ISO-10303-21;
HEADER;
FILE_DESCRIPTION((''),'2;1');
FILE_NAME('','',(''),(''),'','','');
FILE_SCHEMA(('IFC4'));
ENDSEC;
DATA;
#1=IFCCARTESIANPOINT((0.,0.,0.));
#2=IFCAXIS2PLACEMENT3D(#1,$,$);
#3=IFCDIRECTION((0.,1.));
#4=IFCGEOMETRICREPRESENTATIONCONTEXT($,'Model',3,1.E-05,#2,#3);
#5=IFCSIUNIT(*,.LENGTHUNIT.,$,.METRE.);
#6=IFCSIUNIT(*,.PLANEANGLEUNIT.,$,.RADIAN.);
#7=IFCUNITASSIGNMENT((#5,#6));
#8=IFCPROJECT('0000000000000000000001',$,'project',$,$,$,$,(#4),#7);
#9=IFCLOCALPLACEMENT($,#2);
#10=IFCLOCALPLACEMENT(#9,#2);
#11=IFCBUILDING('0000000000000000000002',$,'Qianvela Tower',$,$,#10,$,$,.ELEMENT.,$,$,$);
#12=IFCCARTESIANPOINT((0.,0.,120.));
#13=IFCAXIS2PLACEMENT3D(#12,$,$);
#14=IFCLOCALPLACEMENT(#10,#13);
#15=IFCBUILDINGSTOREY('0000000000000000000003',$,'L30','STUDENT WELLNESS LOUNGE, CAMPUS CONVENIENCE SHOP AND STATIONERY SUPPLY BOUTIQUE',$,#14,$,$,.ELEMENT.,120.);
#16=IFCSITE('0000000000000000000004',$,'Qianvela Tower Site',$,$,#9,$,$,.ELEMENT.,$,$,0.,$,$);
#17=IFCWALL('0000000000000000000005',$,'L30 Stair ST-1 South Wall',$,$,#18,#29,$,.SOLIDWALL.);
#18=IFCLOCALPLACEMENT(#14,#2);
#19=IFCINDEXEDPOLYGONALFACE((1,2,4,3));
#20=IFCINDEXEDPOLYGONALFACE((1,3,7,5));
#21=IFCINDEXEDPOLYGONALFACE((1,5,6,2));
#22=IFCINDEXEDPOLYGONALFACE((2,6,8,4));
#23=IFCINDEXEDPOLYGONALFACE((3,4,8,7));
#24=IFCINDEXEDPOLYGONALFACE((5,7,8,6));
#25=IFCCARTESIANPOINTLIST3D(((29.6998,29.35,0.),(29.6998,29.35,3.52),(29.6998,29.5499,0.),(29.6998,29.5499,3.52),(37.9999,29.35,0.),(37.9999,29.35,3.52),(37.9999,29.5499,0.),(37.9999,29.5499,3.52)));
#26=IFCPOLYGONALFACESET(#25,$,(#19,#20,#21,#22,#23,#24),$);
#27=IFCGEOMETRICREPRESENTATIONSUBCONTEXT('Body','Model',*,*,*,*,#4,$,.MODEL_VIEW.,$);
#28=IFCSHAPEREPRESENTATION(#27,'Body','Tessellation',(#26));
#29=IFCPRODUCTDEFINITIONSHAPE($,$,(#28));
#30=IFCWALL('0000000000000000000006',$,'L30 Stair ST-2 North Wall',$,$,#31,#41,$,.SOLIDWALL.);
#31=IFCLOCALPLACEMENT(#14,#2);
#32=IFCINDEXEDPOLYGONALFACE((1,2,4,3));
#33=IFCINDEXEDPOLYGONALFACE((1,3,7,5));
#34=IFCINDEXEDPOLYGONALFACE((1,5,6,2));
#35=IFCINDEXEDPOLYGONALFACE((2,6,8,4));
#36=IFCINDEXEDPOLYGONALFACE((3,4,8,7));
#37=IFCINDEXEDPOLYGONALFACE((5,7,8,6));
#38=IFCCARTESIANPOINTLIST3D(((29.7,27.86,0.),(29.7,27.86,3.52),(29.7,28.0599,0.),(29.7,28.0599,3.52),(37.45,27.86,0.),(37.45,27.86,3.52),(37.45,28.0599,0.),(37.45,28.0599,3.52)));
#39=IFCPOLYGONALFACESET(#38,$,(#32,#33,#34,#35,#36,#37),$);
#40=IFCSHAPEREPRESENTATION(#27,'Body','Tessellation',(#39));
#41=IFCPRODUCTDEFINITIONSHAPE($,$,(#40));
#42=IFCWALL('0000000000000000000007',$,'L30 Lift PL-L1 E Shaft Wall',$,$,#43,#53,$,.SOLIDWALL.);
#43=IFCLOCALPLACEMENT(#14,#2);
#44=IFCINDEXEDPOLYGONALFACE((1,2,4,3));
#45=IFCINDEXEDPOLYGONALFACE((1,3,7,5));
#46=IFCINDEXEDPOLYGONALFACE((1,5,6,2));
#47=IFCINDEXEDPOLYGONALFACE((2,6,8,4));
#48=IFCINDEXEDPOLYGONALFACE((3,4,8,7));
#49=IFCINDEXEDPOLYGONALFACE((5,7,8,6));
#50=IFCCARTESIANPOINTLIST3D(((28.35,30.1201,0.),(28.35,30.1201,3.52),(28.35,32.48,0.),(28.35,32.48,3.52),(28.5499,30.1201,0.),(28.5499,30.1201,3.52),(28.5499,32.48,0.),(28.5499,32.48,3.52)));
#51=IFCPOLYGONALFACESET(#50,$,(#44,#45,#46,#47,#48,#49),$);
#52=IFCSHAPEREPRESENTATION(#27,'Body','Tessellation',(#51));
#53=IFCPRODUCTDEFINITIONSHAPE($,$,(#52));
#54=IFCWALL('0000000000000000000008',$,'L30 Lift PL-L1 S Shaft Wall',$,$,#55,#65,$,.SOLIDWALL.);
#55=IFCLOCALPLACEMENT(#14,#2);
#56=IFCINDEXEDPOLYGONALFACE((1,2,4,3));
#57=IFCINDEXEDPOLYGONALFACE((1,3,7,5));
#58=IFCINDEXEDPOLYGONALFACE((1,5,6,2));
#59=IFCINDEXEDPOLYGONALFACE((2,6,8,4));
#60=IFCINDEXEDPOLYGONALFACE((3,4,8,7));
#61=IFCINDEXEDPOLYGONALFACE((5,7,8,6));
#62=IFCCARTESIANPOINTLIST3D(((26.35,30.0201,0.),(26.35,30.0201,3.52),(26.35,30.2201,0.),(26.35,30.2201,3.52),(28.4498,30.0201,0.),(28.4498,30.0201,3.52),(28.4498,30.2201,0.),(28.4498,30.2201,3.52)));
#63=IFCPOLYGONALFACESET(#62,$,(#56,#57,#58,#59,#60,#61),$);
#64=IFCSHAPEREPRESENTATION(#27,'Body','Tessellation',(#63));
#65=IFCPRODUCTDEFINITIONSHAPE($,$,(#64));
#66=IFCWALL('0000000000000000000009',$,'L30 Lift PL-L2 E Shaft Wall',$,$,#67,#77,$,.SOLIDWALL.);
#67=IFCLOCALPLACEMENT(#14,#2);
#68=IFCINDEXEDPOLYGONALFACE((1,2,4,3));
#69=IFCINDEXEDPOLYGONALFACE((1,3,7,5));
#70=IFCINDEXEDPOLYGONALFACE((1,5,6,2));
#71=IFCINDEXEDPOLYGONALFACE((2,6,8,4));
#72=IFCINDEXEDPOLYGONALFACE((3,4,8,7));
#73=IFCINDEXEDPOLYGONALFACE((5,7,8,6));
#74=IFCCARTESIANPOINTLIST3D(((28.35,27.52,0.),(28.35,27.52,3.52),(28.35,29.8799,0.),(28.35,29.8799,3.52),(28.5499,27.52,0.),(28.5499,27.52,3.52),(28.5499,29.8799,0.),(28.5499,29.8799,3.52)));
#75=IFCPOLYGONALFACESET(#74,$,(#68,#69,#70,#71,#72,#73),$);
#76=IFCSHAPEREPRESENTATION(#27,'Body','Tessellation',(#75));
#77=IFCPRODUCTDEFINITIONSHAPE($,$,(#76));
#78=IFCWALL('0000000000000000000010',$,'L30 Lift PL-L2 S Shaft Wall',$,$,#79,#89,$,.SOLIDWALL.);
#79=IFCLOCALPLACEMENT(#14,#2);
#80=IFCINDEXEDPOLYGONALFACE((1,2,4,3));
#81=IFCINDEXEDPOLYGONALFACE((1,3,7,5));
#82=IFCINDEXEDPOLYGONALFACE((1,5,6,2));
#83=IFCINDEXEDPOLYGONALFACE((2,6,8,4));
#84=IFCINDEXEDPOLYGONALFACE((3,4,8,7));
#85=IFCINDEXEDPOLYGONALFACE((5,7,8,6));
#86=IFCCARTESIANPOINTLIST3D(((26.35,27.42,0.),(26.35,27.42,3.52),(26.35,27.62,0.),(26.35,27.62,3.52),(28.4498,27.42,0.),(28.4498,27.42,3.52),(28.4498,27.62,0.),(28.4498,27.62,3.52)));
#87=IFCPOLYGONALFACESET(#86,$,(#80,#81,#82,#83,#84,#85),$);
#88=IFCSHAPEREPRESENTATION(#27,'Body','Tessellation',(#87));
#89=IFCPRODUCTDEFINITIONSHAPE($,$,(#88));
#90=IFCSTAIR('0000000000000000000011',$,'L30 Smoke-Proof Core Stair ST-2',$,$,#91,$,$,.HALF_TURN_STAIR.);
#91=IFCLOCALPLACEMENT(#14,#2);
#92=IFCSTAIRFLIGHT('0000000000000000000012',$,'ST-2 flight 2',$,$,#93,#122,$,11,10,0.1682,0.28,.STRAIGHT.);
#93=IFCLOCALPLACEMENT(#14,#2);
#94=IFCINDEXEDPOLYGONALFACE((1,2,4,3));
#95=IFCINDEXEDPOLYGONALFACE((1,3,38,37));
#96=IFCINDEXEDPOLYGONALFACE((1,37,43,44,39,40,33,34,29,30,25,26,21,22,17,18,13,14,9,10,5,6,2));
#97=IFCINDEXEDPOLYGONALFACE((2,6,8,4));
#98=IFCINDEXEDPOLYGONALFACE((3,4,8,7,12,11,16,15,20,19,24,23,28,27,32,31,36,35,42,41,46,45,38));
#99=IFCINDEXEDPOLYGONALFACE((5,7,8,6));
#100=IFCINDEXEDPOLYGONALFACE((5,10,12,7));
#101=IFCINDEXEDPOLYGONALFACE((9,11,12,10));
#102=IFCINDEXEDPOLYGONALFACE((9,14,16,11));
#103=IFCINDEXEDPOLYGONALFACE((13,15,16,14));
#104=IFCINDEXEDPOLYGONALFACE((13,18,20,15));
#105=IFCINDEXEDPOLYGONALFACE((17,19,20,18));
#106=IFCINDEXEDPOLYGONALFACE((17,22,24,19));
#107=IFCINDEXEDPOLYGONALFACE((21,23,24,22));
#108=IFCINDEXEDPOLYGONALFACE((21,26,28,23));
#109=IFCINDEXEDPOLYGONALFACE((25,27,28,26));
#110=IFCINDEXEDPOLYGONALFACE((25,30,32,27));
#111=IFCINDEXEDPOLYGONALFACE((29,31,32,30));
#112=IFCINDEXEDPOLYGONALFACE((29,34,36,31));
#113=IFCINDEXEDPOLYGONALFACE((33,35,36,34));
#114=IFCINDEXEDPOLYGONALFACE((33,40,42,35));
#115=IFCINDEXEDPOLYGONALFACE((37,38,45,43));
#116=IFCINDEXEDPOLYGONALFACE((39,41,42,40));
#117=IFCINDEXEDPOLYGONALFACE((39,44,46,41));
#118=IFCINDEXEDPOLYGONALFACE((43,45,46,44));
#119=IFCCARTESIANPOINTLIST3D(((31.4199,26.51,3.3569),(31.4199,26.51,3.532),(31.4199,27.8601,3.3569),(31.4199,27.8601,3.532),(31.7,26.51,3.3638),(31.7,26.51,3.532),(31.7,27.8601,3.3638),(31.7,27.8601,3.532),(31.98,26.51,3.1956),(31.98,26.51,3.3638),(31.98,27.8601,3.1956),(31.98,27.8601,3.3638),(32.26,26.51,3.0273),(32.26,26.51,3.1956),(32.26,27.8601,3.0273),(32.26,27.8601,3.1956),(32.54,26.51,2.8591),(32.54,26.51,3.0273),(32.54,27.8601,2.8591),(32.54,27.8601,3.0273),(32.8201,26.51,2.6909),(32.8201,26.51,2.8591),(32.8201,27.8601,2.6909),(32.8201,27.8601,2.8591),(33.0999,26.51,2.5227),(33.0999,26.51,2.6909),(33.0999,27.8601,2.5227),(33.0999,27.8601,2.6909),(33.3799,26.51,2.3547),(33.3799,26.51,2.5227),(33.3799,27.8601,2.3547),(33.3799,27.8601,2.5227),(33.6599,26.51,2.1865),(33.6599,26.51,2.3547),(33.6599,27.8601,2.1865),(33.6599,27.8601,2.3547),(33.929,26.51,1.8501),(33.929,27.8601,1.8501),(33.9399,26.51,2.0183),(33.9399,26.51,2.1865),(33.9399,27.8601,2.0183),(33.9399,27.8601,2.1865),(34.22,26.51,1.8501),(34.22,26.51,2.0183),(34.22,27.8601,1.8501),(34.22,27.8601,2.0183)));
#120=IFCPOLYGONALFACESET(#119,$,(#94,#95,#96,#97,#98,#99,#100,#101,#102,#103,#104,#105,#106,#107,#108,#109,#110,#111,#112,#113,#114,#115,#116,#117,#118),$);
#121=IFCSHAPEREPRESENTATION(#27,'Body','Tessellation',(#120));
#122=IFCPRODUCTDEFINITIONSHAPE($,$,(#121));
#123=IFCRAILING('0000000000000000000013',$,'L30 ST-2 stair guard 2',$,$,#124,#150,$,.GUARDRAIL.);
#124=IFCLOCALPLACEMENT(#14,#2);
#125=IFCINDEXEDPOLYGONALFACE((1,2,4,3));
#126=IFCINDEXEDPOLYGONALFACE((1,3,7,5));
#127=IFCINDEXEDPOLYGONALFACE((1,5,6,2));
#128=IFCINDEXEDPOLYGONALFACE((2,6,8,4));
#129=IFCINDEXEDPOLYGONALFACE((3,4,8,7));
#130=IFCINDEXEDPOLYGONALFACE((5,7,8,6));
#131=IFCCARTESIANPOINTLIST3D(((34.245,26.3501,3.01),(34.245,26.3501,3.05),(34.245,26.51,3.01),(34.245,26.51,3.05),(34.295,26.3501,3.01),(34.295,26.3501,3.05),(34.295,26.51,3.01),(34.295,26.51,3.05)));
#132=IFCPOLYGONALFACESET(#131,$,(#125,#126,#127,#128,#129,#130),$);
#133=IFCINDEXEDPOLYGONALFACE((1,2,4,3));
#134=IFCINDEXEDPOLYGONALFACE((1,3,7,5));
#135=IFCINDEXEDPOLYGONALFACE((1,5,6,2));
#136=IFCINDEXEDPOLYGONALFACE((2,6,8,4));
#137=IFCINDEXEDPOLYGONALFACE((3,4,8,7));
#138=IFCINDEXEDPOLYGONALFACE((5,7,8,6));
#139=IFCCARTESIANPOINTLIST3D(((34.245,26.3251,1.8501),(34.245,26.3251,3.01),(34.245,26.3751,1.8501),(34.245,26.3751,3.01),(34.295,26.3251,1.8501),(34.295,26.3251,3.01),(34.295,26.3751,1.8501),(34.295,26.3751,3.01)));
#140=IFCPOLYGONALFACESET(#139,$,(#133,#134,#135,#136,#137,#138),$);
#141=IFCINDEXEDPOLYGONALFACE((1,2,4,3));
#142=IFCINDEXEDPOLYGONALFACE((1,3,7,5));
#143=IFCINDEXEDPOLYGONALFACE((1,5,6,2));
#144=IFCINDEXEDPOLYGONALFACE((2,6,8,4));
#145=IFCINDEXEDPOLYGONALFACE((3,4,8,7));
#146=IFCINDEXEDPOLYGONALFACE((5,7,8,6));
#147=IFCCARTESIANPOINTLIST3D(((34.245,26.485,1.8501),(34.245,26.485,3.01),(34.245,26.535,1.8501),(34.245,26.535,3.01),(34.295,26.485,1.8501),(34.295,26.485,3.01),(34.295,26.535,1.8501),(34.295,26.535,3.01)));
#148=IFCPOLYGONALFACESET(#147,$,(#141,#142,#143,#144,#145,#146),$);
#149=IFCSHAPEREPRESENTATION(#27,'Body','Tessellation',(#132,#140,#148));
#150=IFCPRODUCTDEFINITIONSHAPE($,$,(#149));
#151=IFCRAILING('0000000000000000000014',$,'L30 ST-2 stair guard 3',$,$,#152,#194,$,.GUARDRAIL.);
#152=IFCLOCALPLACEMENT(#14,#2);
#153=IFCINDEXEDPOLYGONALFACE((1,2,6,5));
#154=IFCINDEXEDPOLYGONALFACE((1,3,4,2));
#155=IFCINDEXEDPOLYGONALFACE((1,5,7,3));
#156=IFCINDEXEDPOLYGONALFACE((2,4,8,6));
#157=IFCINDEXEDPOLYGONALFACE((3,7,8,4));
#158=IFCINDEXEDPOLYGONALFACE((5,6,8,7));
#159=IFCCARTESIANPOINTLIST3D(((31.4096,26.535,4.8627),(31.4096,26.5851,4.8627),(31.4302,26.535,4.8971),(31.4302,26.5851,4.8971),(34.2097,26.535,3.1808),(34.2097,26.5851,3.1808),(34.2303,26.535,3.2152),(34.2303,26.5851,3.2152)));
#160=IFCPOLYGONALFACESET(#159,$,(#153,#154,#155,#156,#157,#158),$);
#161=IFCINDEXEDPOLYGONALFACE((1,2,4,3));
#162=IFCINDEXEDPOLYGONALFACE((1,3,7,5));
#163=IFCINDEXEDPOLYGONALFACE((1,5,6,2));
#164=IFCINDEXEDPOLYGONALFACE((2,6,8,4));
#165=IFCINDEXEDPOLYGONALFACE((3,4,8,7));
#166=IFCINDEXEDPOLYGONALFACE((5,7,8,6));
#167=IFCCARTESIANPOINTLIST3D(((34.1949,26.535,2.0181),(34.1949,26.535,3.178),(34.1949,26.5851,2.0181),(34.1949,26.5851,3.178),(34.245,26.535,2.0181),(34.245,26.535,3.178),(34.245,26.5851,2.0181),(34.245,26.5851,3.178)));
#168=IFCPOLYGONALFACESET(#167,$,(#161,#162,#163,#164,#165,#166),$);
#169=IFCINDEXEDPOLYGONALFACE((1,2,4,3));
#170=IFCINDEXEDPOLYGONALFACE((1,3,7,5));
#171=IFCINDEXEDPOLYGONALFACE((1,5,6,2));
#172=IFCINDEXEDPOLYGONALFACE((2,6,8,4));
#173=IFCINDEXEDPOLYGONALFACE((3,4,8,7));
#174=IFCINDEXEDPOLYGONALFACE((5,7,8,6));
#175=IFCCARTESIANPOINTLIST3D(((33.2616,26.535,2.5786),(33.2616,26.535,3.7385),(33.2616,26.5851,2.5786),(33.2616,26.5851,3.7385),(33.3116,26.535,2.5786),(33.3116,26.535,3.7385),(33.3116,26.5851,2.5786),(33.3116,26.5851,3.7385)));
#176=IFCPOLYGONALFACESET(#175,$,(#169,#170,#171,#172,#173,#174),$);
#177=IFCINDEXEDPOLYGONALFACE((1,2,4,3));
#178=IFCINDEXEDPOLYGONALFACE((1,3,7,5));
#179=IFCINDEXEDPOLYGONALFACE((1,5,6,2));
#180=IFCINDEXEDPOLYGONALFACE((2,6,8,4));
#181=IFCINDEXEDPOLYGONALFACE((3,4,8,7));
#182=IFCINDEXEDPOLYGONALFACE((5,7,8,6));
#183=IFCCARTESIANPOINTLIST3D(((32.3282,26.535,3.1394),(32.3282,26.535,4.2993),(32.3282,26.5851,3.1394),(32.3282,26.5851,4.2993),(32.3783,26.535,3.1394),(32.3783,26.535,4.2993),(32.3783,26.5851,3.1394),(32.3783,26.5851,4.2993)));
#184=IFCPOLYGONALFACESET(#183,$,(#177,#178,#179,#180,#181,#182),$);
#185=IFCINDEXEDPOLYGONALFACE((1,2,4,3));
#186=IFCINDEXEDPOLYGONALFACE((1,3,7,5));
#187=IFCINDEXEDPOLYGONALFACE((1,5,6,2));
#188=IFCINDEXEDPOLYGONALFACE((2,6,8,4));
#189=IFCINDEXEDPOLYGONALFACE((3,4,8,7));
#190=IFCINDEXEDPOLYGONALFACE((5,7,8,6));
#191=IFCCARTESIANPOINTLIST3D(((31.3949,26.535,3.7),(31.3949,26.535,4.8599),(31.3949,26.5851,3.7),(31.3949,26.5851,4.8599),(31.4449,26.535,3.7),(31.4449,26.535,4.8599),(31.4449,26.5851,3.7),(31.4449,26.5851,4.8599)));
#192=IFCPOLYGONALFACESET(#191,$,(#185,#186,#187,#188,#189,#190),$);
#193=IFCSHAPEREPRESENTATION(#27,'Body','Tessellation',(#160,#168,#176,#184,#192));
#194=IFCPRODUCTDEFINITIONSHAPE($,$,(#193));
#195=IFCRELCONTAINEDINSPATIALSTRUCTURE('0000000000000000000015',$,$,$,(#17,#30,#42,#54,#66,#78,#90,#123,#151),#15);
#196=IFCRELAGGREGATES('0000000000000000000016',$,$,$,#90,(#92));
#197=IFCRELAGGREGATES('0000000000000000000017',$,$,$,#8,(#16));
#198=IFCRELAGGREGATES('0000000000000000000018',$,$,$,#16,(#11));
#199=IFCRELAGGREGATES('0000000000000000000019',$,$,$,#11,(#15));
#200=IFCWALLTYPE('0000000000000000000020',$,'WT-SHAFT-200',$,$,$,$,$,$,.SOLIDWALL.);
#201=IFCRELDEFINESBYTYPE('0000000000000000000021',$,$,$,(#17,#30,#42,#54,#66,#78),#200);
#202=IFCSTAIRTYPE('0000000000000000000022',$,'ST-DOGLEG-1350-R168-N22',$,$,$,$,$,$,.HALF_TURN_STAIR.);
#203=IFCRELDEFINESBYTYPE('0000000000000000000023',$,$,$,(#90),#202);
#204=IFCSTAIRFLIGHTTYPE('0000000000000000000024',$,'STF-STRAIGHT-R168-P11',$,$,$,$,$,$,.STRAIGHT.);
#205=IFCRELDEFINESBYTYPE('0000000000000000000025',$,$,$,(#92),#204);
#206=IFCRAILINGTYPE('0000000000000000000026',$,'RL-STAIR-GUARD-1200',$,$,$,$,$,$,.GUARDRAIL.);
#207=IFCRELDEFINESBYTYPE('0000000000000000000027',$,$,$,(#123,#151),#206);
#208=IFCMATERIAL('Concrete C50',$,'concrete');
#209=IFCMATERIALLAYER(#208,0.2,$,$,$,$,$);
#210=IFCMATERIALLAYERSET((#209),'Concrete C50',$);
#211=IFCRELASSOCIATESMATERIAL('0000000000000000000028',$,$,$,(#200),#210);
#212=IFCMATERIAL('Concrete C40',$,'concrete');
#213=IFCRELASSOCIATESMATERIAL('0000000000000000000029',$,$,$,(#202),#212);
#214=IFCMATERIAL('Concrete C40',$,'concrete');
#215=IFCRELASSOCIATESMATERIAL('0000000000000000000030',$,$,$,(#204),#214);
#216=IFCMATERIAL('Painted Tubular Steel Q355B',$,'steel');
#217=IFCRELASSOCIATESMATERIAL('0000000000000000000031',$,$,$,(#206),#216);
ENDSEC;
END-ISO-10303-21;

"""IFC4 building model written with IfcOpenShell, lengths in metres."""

from ifc_helpers import new_model, si_unit, direction, frame, frame_2d, origin, origin_2d, place, context, subcontext, project, spatial, polyline, rectangle, outline, extrude, material, layer, layer_set, type_object, element, aggregate, save


model = new_model("IFC4")

# Units and contexts
model_context = context("Model", 3, precision=1e-05, world=origin(), true_north=direction((0.0, 1.0)))
body_context = subcontext(model_context, "Body", "Model", "MODEL_VIEW")
ifc_project = project(units=[si_unit("LENGTHUNIT", "METRE"), si_unit("PLANEANGLEUNIT", "RADIAN")], contexts=[model_context])

# Site, building, storey
site_placement = place(None, origin())
site = spatial("IfcSite", under=ifc_project, at=site_placement, Name="Qianvela Tower Site", CompositionType="ELEMENT", RefElevation=0.0)
building_placement = place(site_placement, origin())
building = spatial("IfcBuilding", under=site, at=building_placement, Name="Qianvela Tower", CompositionType="ELEMENT")
storey_placement = place(building_placement, frame((0.0, 0.0, 120.0)))
storey = spatial("IfcBuildingStorey", under=building, at=storey_placement, Name="L30", Description="STUDENT WELLNESS LOUNGE, CAMPUS CONVENIENCE SHOP AND STATIONERY SUPPLY BOUTIQUE", CompositionType="ELEMENT", Elevation=120.0)

# Walls
ifc_material_1 = material(Name="Concrete C50", Category="concrete")
ifc_layer_1 = layer(ifc_material_1, 0.2)
ifc_layer_set_1 = layer_set([ifc_layer_1], Name="Concrete C50")
wall_type_1 = type_object("IfcWallType", Name="WT-SHAFT-200", PredefinedType="SOLIDWALL", material=ifc_layer_set_1)
wall_1_placement = place(storey_placement, frame((29.7, 29.45, 0.0), z_axis=(0.0, 0.0, 1.0), x_axis=(1.0, 0.0, 0.0)))
element("IfcWall", 1, at=wall_1_placement, inside=storey, type_object=wall_type_1, Name="L30 Stair ST-1 South Wall", PredefinedType="SOLIDWALL", context=body_context, shape_type="SweptSolid", body=[
    extrude(rectangle(XDim=8.3, YDim=0.2, at=frame_2d((4.1499, 0.0))), origin(), (0.0, 0.0, 1.0), 3.52),
])
wall_2_placement = place(storey_placement, frame((29.7, 27.96, 0.0), z_axis=(0.0, 0.0, 1.0), x_axis=(1.0, 0.0, 0.0)))
element("IfcWall", 2, at=wall_2_placement, inside=storey, type_object=wall_type_1, Name="L30 Stair ST-2 North Wall", PredefinedType="SOLIDWALL", context=body_context, shape_type="SweptSolid", body=[
    extrude(rectangle(XDim=7.75, YDim=0.2, at=frame_2d((3.875, 0.0))), origin(), (0.0, 0.0, 1.0), 3.52),
])
wall_3_placement = place(storey_placement, frame((28.45, 30.1201, 0.0), z_axis=(0.0, 0.0, 1.0), x_axis=(0.0, 1.0, 0.0)))
element("IfcWall", 3, at=wall_3_placement, inside=storey, type_object=wall_type_1, Name="L30 Lift PL-L1 E Shaft Wall", PredefinedType="SOLIDWALL", context=body_context, shape_type="SweptSolid", body=[
    extrude(rectangle(XDim=2.3599, YDim=0.2, at=frame_2d((1.1799, 0.0))), origin(), (0.0, 0.0, 1.0), 3.52),
])

# Walls
wall_4_placement = place(storey_placement, frame((26.3501, 30.1201, 0.0), z_axis=(0.0, 0.0, 1.0), x_axis=(1.0, 0.0, 0.0)))
element("IfcWall", 4, at=wall_4_placement, inside=storey, type_object=wall_type_1, Name="L30 Lift PL-L1 S Shaft Wall", PredefinedType="SOLIDWALL", context=body_context, shape_type="SweptSolid", body=[
    extrude(rectangle(XDim=2.0999, YDim=0.2, at=frame_2d((1.0498, 0.0))), origin(), (0.0, 0.0, 1.0), 3.52),
])
wall_5_placement = place(storey_placement, frame((28.45, 27.52, 0.0), z_axis=(0.0, 0.0, 1.0), x_axis=(0.0, 1.0, 0.0)))
element("IfcWall", 5, at=wall_5_placement, inside=storey, type_object=wall_type_1, Name="L30 Lift PL-L2 E Shaft Wall", PredefinedType="SOLIDWALL", context=body_context, shape_type="SweptSolid", body=[
    extrude(rectangle(XDim=2.3599, YDim=0.2, at=frame_2d((1.1799, 0.0))), origin(), (0.0, 0.0, 1.0), 3.52),
])

# Wall
wall_6_placement = place(storey_placement, frame((26.3501, 27.52, 0.0), z_axis=(0.0, 0.0, 1.0), x_axis=(1.0, 0.0, 0.0)))
element("IfcWall", 6, at=wall_6_placement, inside=storey, type_object=wall_type_1, Name="L30 Lift PL-L2 S Shaft Wall", PredefinedType="SOLIDWALL", context=body_context, shape_type="SweptSolid", body=[
    extrude(rectangle(XDim=2.0999, YDim=0.2, at=frame_2d((1.0498, 0.0))), origin(), (0.0, 0.0, 1.0), 3.52),
])

# Stair, stair flight
ifc_material_2 = material(Name="Concrete C40", Category="concrete")
stair_type = type_object("IfcStairType", Name="ST-DOGLEG-1350-R168-N22", PredefinedType="HALF_TURN_STAIR", material=ifc_material_2)
stair_placement = place(storey_placement, origin())
stair = element("IfcStair", 7, at=stair_placement, inside=storey, type_object=stair_type, Name="L30 Smoke-Proof Core Stair ST-2", PredefinedType="HALF_TURN_STAIR")
ifc_material_3 = material(Name="Concrete C40", Category="concrete")
stair_flight_type = type_object("IfcStairFlightType", Name="STF-STRAIGHT-R168-P11", PredefinedType="STRAIGHT", material=ifc_material_3)
stair_flight_placement = place(storey_placement, frame((34.22, 27.1851, 1.8501), z_axis=(0.0, 0.0, 1.0), x_axis=(-1.0, 0.0, 0.0)))
stair_flight = element("IfcStairFlight", 8, at=stair_flight_placement, type_object=stair_flight_type, Name="ST-2 flight 2", NumberOfRisers=11, NumberOfTreads=10, PredefinedType="STRAIGHT", RiserHeight=0.1682, TreadLength=0.28, context=body_context, shape_type="SweptSolid", body=[
    extrude(outline(polyline([(0.0, 0.0), (0.0, 0.1682), (0.28, 0.1682), (0.28, 0.3364), (0.5601, 0.3364), (0.5601, 0.5046), (0.8401, 0.5046), (0.8401, 0.6726), (1.1201, 0.6726), (1.1201, 0.8408), (1.3999, 0.8408), (1.3999, 1.009), (1.6799, 1.009), (1.6799, 1.1772), (1.96, 1.1772), (1.96, 1.3455), (2.24, 1.3455), (2.24, 1.5137), (2.52, 1.5137), (2.52, 1.6819), (2.8, 1.6819), (2.8, 1.8501), (2.8, 1.5068), (0.291, 0.0), (0.0, 0.0)])), frame((0.0, 0.675, 0.0), z_axis=(0.0, -1.0, 0.0), x_axis=(1.0, 0.0, 0.0)), (0.0, 0.0, 1.0), 1.3501),
])
aggregate(stair, [stair_flight])

# Railings
ifc_material_4 = material(Name="Painted Tubular Steel Q355B", Category="steel")
railing_type_1 = type_object("IfcRailingType", Name="RL-STAIR-GUARD-1200", PredefinedType="GUARDRAIL", material=ifc_material_4)
railing_1_placement = place(storey_placement, frame((34.27, 26.3501, 1.8501)))
element("IfcRailing", 9, at=railing_1_placement, inside=storey, type_object=railing_type_1, Name="L30 ST-2 stair guard 2", PredefinedType="GUARDRAIL", context=body_context, shape_type="SweptSolid", body=[
    extrude(rectangle(XDim=0.05, YDim=0.04, at=origin_2d()), frame((0.0, 0.0, 1.1799), z_axis=(0.0, 1.0, 0.0), x_axis=(-1.0, 0.0, 0.0)), (0.0, 0.0, 1.0), 0.1599),
    extrude(rectangle(XDim=0.05, YDim=0.05, at=origin_2d()), origin(), (0.0, 0.0, 1.0), 1.1599),
    extrude(rectangle(XDim=0.05, YDim=0.05, at=origin_2d()), frame((0.0, 0.1599, 0.0)), (0.0, 0.0, 1.0), 1.1599),
])
railing_2_placement = place(storey_placement, frame((34.22, 26.5601, 2.0181)))
element("IfcRailing", 10, at=railing_2_placement, inside=storey, type_object=railing_type_1, Name="L30 ST-2 stair guard 3", PredefinedType="GUARDRAIL", context=body_context, shape_type="SweptSolid", body=[
    extrude(rectangle(XDim=0.05, YDim=0.04, at=origin_2d()), frame((0.0, 0.0, 1.1799), z_axis=(-0.857242, 0.0, 0.514913), x_axis=(0.0, -1.0, 0.0)), (0.0, 0.0, 1.0), 3.2664),
    extrude(rectangle(XDim=0.05, YDim=0.05, at=origin_2d()), origin(), (0.0, 0.0, 1.0), 1.1599),
    extrude(rectangle(XDim=0.05, YDim=0.05, at=origin_2d()), frame((-0.9333, 0.0, 0.5605)), (0.0, 0.0, 1.0), 1.1599),
    extrude(rectangle(XDim=0.05, YDim=0.05, at=origin_2d()), frame((-1.8667, 0.0, 1.1213)), (0.0, 0.0, 1.0), 1.1599),
    extrude(rectangle(XDim=0.05, YDim=0.05, at=origin_2d()), frame((-2.8, 0.0, 1.6819)), (0.0, 0.0, 1.0), 1.1599),
])

save(model, "model.ifc")
